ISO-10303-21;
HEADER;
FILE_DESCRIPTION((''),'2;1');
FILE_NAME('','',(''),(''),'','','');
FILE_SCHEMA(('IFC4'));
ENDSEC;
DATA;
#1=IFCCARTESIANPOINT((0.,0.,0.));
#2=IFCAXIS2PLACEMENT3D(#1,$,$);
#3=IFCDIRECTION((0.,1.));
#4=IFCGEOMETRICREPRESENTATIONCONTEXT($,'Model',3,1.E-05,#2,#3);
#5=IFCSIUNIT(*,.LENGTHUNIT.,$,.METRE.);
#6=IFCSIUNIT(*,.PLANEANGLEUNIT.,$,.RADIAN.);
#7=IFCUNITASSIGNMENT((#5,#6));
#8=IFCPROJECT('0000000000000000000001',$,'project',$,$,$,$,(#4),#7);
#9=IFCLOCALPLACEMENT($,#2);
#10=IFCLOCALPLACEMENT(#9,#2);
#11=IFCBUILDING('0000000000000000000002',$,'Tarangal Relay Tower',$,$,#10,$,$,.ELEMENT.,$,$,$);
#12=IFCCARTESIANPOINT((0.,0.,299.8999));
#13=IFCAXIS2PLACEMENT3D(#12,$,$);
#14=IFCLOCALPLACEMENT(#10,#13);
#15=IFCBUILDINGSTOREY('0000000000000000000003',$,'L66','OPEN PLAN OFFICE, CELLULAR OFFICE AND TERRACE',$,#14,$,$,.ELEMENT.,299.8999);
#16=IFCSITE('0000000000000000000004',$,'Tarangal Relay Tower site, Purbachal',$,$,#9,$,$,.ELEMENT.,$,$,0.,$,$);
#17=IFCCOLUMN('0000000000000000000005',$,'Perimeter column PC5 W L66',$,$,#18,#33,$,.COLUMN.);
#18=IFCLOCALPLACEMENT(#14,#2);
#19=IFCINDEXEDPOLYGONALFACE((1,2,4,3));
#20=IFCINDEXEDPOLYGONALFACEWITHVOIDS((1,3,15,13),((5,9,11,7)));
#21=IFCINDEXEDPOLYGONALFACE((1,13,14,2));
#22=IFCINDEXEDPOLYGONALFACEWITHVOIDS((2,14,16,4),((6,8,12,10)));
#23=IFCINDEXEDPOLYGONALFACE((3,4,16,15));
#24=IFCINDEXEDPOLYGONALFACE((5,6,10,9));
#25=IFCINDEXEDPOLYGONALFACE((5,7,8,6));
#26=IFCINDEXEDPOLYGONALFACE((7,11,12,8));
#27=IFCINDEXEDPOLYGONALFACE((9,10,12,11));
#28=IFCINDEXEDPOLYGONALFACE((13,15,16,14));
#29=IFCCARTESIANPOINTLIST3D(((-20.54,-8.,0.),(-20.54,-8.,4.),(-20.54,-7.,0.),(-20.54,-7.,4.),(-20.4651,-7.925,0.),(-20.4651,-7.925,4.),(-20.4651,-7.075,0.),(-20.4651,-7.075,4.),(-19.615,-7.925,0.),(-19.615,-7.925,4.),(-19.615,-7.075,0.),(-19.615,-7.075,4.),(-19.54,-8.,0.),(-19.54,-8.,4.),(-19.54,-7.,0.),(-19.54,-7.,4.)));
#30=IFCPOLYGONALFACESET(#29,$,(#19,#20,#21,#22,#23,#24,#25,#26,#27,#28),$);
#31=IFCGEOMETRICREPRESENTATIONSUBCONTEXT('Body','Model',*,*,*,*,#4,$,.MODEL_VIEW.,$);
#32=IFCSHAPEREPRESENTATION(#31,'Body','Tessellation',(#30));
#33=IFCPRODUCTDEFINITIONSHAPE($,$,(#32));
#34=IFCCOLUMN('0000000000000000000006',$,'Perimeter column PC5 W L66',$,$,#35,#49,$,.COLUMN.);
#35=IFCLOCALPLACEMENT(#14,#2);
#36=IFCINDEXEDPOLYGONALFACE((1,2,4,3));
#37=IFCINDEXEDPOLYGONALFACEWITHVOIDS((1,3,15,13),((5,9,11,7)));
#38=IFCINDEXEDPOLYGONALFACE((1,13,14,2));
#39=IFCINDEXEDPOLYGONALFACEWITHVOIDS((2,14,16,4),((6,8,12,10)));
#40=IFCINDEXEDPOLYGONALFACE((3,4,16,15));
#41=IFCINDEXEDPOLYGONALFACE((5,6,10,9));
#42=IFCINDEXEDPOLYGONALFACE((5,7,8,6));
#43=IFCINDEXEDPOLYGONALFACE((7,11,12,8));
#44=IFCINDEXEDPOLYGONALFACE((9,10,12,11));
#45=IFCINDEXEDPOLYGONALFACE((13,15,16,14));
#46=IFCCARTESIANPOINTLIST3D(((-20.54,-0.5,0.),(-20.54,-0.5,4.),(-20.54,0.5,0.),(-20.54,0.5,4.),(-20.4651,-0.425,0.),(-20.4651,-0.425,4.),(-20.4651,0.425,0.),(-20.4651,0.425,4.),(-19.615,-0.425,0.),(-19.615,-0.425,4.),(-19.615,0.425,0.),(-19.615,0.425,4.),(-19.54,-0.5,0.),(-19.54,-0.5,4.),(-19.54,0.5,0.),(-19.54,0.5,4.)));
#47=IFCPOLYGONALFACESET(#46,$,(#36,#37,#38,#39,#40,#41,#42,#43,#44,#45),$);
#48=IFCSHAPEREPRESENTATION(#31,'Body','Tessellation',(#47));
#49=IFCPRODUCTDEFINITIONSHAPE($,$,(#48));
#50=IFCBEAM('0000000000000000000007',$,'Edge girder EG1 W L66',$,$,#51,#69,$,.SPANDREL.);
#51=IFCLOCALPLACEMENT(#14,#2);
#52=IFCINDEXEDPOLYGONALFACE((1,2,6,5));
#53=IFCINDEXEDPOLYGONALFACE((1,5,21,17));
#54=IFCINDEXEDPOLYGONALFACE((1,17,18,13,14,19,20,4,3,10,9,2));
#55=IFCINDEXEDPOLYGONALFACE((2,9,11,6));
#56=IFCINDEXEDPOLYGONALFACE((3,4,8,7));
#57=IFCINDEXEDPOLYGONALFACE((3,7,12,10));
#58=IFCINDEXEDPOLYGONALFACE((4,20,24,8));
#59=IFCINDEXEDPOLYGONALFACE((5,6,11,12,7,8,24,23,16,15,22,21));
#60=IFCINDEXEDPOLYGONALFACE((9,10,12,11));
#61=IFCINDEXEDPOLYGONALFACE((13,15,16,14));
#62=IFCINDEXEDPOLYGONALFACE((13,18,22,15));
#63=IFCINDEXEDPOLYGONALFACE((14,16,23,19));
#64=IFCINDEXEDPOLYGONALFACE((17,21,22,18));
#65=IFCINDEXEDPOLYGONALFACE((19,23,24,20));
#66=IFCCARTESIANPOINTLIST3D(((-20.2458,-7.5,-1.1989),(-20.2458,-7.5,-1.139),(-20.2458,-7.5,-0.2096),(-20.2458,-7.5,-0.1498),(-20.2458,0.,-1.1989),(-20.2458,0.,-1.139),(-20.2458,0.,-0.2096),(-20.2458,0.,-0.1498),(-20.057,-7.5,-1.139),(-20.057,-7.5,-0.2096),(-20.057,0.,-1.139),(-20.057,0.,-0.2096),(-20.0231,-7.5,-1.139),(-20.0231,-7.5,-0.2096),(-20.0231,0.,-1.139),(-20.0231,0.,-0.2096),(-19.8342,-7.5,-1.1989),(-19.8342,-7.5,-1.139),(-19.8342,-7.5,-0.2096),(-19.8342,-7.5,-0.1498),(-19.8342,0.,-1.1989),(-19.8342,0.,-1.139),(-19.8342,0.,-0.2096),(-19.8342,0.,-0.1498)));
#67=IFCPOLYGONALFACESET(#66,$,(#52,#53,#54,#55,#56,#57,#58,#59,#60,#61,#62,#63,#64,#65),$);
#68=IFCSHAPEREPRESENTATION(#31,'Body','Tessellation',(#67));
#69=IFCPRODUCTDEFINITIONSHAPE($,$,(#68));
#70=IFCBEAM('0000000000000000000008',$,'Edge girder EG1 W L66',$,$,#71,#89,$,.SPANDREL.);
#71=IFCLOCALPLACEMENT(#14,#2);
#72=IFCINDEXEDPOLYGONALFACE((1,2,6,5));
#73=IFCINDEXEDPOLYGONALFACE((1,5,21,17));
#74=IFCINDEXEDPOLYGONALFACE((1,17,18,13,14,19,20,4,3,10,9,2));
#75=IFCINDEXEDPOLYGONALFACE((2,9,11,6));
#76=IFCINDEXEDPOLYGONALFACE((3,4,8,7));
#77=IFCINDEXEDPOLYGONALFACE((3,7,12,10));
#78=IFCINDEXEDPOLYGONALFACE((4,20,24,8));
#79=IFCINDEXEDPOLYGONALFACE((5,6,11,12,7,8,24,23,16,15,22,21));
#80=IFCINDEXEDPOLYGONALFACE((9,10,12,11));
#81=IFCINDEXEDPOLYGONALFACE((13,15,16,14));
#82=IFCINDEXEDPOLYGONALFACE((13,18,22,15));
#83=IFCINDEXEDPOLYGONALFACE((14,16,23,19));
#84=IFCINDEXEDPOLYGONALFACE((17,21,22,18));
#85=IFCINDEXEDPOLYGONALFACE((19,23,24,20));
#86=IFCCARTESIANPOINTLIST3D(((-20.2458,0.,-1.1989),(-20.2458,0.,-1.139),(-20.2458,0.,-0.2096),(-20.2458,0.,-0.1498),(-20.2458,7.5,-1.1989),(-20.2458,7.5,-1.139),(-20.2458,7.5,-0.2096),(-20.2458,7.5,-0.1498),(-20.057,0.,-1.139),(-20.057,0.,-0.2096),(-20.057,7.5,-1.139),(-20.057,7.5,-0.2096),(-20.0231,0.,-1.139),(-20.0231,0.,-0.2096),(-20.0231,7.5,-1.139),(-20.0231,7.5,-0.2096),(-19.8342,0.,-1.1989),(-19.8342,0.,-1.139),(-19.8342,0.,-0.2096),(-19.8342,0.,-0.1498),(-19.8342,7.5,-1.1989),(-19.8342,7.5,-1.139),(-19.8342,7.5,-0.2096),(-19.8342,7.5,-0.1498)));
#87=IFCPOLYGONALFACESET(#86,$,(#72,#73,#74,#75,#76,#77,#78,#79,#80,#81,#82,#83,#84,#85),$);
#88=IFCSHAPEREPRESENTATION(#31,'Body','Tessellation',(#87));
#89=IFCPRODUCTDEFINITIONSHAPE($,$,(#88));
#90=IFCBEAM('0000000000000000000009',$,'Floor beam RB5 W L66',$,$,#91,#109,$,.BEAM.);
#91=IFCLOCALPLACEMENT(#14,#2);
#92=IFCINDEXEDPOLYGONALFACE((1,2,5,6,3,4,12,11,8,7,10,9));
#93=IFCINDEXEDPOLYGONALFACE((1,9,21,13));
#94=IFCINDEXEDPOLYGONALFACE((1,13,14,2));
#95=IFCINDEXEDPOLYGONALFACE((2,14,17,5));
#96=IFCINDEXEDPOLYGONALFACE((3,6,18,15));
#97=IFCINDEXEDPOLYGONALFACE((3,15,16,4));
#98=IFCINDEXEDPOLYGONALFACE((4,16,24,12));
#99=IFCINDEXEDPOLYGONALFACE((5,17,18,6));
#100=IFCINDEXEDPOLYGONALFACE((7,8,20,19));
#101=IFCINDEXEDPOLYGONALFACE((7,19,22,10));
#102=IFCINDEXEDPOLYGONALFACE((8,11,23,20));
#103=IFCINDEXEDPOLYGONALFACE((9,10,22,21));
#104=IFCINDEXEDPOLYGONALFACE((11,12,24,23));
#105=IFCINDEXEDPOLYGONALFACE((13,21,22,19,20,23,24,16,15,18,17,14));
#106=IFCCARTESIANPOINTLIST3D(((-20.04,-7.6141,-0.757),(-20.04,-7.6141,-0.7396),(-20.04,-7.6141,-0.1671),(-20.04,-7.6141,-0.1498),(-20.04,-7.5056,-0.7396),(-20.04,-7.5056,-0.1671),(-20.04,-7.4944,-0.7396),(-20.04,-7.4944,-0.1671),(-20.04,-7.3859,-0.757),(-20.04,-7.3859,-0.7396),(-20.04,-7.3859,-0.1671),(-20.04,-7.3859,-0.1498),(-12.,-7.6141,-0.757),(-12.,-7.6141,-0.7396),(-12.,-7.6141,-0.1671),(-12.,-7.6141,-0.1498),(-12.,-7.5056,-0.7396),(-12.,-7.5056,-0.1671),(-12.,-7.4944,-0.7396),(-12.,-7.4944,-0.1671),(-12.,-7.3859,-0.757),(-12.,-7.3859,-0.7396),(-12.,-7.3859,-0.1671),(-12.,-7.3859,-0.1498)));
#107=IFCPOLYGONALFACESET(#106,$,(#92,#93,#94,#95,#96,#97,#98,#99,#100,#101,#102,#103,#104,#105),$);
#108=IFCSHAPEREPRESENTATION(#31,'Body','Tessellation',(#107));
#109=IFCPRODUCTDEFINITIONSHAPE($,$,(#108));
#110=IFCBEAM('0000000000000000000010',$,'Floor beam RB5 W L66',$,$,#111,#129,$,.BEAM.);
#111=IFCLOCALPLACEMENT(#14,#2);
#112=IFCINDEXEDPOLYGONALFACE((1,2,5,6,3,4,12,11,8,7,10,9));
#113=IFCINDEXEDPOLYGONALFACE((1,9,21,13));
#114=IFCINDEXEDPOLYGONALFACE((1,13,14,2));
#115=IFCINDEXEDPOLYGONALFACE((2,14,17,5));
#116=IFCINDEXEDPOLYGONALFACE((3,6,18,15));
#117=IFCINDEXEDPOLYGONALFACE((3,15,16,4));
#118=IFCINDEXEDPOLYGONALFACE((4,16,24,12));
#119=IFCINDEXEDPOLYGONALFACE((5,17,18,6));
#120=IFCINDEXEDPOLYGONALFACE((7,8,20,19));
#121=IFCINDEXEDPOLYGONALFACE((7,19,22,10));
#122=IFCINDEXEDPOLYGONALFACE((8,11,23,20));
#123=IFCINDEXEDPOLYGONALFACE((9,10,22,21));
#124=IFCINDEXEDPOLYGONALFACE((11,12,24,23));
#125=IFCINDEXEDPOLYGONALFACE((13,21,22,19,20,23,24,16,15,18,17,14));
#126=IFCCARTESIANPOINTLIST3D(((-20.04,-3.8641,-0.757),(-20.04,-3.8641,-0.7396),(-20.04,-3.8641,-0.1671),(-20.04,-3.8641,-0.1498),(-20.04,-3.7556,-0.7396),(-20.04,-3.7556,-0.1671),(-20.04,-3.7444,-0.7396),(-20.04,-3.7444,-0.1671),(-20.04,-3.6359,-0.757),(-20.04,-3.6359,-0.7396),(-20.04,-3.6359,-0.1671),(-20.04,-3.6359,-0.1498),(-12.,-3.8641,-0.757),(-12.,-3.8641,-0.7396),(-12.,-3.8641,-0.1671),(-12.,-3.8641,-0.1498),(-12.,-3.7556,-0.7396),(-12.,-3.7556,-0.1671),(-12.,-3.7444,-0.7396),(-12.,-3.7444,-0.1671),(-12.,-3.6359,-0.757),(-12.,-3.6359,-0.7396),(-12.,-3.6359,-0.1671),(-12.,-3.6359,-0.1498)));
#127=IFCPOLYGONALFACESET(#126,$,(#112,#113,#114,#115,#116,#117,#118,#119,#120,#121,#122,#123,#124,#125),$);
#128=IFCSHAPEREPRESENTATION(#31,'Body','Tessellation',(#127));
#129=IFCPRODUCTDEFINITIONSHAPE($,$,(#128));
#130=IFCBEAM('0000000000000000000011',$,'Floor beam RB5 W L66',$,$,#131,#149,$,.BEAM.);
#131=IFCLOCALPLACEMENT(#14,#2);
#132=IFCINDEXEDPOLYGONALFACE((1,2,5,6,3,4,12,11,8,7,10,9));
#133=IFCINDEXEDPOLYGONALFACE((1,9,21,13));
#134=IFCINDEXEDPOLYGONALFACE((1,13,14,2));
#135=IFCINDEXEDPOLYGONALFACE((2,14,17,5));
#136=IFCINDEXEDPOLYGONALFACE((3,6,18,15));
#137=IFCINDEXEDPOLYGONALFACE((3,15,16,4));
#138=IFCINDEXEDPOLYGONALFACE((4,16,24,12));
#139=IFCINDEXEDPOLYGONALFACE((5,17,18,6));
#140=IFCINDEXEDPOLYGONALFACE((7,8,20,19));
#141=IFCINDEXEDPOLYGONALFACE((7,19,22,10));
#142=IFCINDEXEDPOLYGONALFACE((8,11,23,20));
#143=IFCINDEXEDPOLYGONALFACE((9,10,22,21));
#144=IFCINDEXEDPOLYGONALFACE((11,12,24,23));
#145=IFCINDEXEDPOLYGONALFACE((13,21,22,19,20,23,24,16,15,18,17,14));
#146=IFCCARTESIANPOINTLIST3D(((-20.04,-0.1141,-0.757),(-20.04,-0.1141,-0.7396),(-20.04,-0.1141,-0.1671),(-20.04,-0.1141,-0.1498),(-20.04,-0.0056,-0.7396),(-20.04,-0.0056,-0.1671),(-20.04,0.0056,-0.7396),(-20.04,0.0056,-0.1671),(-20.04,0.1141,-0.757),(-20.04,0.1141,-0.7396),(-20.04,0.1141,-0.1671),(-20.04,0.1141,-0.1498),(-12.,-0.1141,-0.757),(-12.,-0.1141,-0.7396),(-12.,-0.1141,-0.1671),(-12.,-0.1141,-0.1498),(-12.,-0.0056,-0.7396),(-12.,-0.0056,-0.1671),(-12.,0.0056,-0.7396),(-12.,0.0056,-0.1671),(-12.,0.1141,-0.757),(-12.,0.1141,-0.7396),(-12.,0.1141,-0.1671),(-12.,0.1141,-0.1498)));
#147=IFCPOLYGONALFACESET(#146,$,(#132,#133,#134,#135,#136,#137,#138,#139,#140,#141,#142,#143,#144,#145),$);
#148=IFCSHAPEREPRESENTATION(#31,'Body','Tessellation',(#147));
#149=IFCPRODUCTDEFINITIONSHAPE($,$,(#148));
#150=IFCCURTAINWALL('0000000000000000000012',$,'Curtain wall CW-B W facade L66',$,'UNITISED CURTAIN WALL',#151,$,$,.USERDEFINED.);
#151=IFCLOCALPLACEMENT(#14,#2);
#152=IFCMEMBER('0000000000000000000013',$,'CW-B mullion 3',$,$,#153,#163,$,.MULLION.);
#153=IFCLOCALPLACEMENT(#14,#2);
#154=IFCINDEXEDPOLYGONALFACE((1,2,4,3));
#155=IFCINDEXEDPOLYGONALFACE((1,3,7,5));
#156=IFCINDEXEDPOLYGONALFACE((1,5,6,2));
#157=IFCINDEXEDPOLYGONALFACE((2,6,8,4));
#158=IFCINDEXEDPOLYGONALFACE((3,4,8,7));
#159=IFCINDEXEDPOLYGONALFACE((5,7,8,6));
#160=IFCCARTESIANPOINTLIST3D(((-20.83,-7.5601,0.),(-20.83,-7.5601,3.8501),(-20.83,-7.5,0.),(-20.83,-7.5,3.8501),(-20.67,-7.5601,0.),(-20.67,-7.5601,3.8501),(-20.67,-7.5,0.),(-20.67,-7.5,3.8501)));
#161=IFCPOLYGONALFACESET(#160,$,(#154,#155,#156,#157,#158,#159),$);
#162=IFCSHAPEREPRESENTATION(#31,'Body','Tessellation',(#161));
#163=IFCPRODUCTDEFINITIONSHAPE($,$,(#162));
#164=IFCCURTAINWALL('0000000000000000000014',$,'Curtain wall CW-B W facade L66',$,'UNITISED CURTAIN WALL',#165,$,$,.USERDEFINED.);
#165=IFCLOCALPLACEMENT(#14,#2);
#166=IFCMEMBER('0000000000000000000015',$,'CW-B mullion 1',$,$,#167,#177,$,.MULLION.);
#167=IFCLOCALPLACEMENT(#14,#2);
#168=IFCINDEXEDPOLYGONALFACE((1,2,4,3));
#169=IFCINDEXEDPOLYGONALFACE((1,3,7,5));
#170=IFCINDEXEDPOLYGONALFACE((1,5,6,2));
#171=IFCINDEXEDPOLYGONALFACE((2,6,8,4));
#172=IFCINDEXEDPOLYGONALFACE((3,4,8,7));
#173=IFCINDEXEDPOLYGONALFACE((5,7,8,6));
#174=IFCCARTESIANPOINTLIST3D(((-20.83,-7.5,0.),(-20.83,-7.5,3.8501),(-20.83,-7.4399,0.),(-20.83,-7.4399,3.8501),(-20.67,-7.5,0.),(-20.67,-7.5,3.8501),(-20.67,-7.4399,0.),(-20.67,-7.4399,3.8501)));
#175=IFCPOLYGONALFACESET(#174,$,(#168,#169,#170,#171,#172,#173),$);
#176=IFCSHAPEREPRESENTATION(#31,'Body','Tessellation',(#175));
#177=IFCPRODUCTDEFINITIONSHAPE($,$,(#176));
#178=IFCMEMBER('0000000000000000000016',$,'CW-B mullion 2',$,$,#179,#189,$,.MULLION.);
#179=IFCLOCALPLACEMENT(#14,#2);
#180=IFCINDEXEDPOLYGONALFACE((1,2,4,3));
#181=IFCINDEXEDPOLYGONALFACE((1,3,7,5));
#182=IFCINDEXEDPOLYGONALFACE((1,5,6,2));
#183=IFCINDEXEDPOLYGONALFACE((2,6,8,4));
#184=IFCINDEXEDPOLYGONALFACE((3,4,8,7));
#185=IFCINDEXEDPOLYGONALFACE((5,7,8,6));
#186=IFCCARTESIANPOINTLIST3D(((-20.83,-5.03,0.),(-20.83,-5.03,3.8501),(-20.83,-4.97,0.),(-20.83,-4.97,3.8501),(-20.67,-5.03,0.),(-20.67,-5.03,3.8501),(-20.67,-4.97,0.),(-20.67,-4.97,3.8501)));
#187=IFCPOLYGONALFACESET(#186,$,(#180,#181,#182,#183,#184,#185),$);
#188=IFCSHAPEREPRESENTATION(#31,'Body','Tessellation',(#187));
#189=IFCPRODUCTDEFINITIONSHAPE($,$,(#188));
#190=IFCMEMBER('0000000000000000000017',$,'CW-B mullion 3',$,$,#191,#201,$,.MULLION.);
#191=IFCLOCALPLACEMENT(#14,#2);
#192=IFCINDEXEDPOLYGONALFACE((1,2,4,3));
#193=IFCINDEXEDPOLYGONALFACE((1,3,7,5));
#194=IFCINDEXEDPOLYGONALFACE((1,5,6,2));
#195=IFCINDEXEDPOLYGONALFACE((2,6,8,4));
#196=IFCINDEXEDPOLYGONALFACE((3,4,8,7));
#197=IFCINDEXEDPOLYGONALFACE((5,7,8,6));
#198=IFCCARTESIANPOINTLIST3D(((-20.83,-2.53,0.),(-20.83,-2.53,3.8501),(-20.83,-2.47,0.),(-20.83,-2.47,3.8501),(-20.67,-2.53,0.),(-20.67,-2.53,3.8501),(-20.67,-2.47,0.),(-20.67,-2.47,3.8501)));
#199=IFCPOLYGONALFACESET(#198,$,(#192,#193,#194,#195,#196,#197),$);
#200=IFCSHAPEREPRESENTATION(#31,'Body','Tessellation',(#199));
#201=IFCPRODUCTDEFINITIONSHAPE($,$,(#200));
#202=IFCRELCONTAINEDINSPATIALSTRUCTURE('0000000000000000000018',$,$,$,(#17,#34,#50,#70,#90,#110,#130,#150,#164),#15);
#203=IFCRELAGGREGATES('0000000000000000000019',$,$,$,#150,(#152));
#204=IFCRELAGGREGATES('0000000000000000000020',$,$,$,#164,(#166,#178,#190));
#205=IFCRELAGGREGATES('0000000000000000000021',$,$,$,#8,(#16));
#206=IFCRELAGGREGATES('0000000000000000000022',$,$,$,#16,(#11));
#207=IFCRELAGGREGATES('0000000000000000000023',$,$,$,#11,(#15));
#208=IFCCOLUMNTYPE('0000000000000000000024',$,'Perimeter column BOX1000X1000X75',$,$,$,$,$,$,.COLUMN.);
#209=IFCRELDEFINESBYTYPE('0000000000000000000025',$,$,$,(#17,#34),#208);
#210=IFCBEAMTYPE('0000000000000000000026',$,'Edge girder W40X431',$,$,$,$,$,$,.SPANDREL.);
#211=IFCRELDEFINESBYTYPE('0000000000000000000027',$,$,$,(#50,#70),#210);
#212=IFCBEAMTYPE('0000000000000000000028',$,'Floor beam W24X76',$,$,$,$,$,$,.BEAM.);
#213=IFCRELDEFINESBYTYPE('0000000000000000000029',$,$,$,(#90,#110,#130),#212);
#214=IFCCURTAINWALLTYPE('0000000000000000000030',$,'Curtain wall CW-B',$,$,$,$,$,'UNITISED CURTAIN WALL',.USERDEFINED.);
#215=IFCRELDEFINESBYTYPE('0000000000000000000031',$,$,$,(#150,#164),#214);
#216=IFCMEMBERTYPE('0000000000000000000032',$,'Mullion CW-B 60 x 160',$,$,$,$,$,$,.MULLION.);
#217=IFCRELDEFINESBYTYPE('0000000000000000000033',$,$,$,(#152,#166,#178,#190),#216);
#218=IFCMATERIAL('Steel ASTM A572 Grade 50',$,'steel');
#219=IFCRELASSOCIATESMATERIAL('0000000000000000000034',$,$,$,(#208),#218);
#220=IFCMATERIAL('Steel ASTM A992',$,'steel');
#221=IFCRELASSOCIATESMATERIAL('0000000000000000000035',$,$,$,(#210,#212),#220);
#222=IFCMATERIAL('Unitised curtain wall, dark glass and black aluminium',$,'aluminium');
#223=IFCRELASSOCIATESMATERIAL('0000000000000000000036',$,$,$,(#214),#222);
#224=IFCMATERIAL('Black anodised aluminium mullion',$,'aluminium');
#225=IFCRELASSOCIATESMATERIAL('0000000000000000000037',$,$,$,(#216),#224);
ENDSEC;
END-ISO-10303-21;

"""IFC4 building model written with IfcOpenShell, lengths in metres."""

from ifc_helpers import new_model, si_unit, direction, frame, origin, origin_2d, place, context, subcontext, project, spatial, rectangle, hollow_rectangle, i_section, extrude, material, material_profile, profile_set, type_object, element, aggregate, save


model = new_model("IFC4")

# Units and contexts
model_context = context("Model", 3, precision=1e-05, world=origin(), true_north=direction((0.0, 1.0)))
body_context = subcontext(model_context, "Body", "Model", "MODEL_VIEW")
ifc_project = project(units=[si_unit("LENGTHUNIT", "METRE"), si_unit("PLANEANGLEUNIT", "RADIAN")], contexts=[model_context])

# Site, building, storey
site_placement = place(None, origin())
site = spatial("IfcSite", under=ifc_project, at=site_placement, Name="Tarangal Relay Tower site, Purbachal", CompositionType="ELEMENT", RefElevation=0.0)
building_placement = place(site_placement, origin())
building = spatial("IfcBuilding", under=site, at=building_placement, Name="Tarangal Relay Tower", CompositionType="ELEMENT")
storey_placement = place(building_placement, frame((0.0, 0.0, 299.8999)))
storey = spatial("IfcBuildingStorey", under=building, at=storey_placement, Name="L66", Description="OPEN PLAN OFFICE, CELLULAR OFFICE AND TERRACE", CompositionType="ELEMENT", Elevation=299.8999)

# Columns
ifc_material_1 = material(Name="Steel ASTM A572 Grade 50", Category="steel")
ifc_material_profile_1 = material_profile(ifc_material_1, hollow_rectangle(XDim=1.0, YDim=1.0, WallThickness=0.075, at=origin_2d()), Name="BOX1000X1000X75")
ifc_profile_set_1 = profile_set([ifc_material_profile_1], Name="Steel ASTM A572 Grade 50")
column_type = type_object("IfcColumnType", Name="Perimeter column BOX1000X1000X75", PredefinedType="COLUMN", material=ifc_profile_set_1)
for number, where, z_axis, x_axis, name in (
    (1, (-20.04, -7.5, 0.0), (0.0, 0.0, 1.0), (1.0, 0.0, 0.0), "Perimeter column PC5 W L66"),
    (2, (-20.04, 0.0, 0.0), (0.0, 0.0, 1.0), (1.0, 0.0, 0.0), "Perimeter column PC5 W L66"),
):
    element("IfcColumn", number, at=place(storey_placement, frame(where, z_axis=z_axis, x_axis=x_axis)), inside=storey, type_object=column_type, Name=name, PredefinedType="COLUMN", context=body_context, shape_type="SweptSolid", body=[
        extrude(hollow_rectangle(XDim=1.0, YDim=1.0, WallThickness=0.075, at=origin_2d()), origin(), (0.0, 0.0, 1.0), 4.0),
    ])

# Beams
ifc_material_2 = material(Name="Steel ASTM A992", Category="steel")
ifc_material_profile_2 = material_profile(ifc_material_2, i_section(OverallWidth=0.4116, OverallDepth=1.0491, WebThickness=0.0339, FlangeThickness=0.0598, at=origin_2d()), Name="W40X431")
ifc_profile_set_2 = profile_set([ifc_material_profile_2], Name="Steel ASTM A992")
beam_type_1 = type_object("IfcBeamType", Name="Edge girder W40X431", PredefinedType="SPANDREL", material=ifc_profile_set_2)
for number, where, z_axis, x_axis, name in (
    (3, (-20.04, -7.5, -0.6743), (0.0, 1.0, 0.0), (-1.0, 0.0, 0.0), "Edge girder EG1 W L66"),
    (4, (-20.04, 0.0, -0.6743), (0.0, 1.0, 0.0), (-1.0, 0.0, 0.0), "Edge girder EG1 W L66"),
):
    element("IfcBeam", number, at=place(storey_placement, frame(where, z_axis=z_axis, x_axis=x_axis)), inside=storey, type_object=beam_type_1, Name=name, PredefinedType="SPANDREL", context=body_context, shape_type="SweptSolid", body=[
        extrude(i_section(OverallWidth=0.4116, OverallDepth=1.0491, WebThickness=0.0339, FlangeThickness=0.0598, at=origin_2d()), origin(), (0.0, 0.0, 1.0), 7.5),
    ])
ifc_material_profile_3 = material_profile(ifc_material_2, i_section(OverallWidth=0.2283, OverallDepth=0.6072, WebThickness=0.0112, FlangeThickness=0.0173, at=origin_2d()), Name="W24X76")
ifc_profile_set_3 = profile_set([ifc_material_profile_3], Name="Steel ASTM A992")
beam_type_2 = type_object("IfcBeamType", Name="Floor beam W24X76", PredefinedType="BEAM", material=ifc_profile_set_3)
for number, where, z_axis, x_axis, name in (
    (5, (-12.0, -7.5, -0.4534), (-1.0, 0.0, 0.0), (0.0, -1.0, 0.0), "Floor beam RB5 W L66"),
    (6, (-12.0, -3.75, -0.4534), (-1.0, 0.0, 0.0), (0.0, -1.0, 0.0), "Floor beam RB5 W L66"),
    (7, (-12.0, 0.0, -0.4534), (-1.0, 0.0, 0.0), (0.0, -1.0, 0.0), "Floor beam RB5 W L66"),
):
    element("IfcBeam", number, at=place(storey_placement, frame(where, z_axis=z_axis, x_axis=x_axis)), inside=storey, type_object=beam_type_2, Name=name, PredefinedType="BEAM", context=body_context, shape_type="SweptSolid", body=[
        extrude(i_section(OverallWidth=0.2283, OverallDepth=0.6072, WebThickness=0.0112, FlangeThickness=0.0173, at=origin_2d()), origin(), (0.0, 0.0, 1.0), 8.04),
    ])

# Curtain wall, member
ifc_material_3 = material(Name="Unitised curtain wall, dark glass and black aluminium", Category="aluminium")
curtain_wall_type = type_object("IfcCurtainWallType", Name="Curtain wall CW-B", ElementType="UNITISED CURTAIN WALL", PredefinedType="USERDEFINED", material=ifc_material_3)
curtain_wall_1_placement = place(storey_placement, origin())
curtain_wall_1 = element("IfcCurtainWall", 8, at=curtain_wall_1_placement, inside=storey, type_object=curtain_wall_type, Name="Curtain wall CW-B W facade L66", ObjectType="UNITISED CURTAIN WALL", PredefinedType="USERDEFINED")
ifc_material_4 = material(Name="Black anodised aluminium mullion", Category="aluminium")
ifc_material_profile_4 = material_profile(ifc_material_4, rectangle(XDim=0.1599, YDim=0.0601, at=origin_2d()), Name="CW-BM 60X160")
ifc_profile_set_4 = profile_set([ifc_material_profile_4], Name="Black anodised aluminium mullion")
member_type_1 = type_object("IfcMemberType", Name="Mullion CW-B 60 x 160", PredefinedType="MULLION", material=ifc_profile_set_4)
member_1_placement = place(storey_placement, frame((-20.75, -7.53, 0.0), z_axis=(0.0, 0.0, 1.0), x_axis=(-1.0, 0.0, 0.0)))
member_1 = element("IfcMember", 9, at=member_1_placement, type_object=member_type_1, Name="CW-B mullion 3", PredefinedType="MULLION", context=body_context, shape_type="SweptSolid", body=[
    extrude(rectangle(XDim=0.1599, YDim=0.0601, at=origin_2d()), origin(), (0.0, 0.0, 1.0), 3.8501),
])

# Curtain wall, members
curtain_wall_2_placement = place(storey_placement, origin())
curtain_wall_2 = element("IfcCurtainWall", 10, at=curtain_wall_2_placement, inside=storey, type_object=curtain_wall_type, Name="Curtain wall CW-B W facade L66", ObjectType="UNITISED CURTAIN WALL", PredefinedType="USERDEFINED")
member_2_placement = place(storey_placement, frame((-20.75, -7.47, 0.0), z_axis=(0.0, 0.0, 1.0), x_axis=(-1.0, 0.0, 0.0)))
member_2 = element("IfcMember", 11, at=member_2_placement, type_object=member_type_1, Name="CW-B mullion 1", PredefinedType="MULLION", context=body_context, shape_type="SweptSolid", body=[
    extrude(rectangle(XDim=0.1599, YDim=0.0601, at=origin_2d()), origin(), (0.0, 0.0, 1.0), 3.8501),
])
member_3_placement = place(storey_placement, frame((-20.75, -5.0, 0.0), z_axis=(0.0, 0.0, 1.0), x_axis=(-1.0, 0.0, 0.0)))
member_3 = element("IfcMember", 12, at=member_3_placement, type_object=member_type_1, Name="CW-B mullion 2", PredefinedType="MULLION", context=body_context, shape_type="SweptSolid", body=[
    extrude(rectangle(XDim=0.1599, YDim=0.0601, at=origin_2d()), origin(), (0.0, 0.0, 1.0), 3.8501),
])
member_4_placement = place(storey_placement, frame((-20.75, -2.5, 0.0), z_axis=(0.0, 0.0, 1.0), x_axis=(-1.0, 0.0, 0.0)))
member_4 = element("IfcMember", 13, at=member_4_placement, type_object=member_type_1, Name="CW-B mullion 3", PredefinedType="MULLION", context=body_context, shape_type="SweptSolid", body=[
    extrude(rectangle(XDim=0.1599, YDim=0.0601, at=origin_2d()), origin(), (0.0, 0.0, 1.0), 3.8501),
])

aggregate(curtain_wall_1, [member_1])
aggregate(curtain_wall_2, [member_2, member_3, member_4])

save(model, "model.ifc")
